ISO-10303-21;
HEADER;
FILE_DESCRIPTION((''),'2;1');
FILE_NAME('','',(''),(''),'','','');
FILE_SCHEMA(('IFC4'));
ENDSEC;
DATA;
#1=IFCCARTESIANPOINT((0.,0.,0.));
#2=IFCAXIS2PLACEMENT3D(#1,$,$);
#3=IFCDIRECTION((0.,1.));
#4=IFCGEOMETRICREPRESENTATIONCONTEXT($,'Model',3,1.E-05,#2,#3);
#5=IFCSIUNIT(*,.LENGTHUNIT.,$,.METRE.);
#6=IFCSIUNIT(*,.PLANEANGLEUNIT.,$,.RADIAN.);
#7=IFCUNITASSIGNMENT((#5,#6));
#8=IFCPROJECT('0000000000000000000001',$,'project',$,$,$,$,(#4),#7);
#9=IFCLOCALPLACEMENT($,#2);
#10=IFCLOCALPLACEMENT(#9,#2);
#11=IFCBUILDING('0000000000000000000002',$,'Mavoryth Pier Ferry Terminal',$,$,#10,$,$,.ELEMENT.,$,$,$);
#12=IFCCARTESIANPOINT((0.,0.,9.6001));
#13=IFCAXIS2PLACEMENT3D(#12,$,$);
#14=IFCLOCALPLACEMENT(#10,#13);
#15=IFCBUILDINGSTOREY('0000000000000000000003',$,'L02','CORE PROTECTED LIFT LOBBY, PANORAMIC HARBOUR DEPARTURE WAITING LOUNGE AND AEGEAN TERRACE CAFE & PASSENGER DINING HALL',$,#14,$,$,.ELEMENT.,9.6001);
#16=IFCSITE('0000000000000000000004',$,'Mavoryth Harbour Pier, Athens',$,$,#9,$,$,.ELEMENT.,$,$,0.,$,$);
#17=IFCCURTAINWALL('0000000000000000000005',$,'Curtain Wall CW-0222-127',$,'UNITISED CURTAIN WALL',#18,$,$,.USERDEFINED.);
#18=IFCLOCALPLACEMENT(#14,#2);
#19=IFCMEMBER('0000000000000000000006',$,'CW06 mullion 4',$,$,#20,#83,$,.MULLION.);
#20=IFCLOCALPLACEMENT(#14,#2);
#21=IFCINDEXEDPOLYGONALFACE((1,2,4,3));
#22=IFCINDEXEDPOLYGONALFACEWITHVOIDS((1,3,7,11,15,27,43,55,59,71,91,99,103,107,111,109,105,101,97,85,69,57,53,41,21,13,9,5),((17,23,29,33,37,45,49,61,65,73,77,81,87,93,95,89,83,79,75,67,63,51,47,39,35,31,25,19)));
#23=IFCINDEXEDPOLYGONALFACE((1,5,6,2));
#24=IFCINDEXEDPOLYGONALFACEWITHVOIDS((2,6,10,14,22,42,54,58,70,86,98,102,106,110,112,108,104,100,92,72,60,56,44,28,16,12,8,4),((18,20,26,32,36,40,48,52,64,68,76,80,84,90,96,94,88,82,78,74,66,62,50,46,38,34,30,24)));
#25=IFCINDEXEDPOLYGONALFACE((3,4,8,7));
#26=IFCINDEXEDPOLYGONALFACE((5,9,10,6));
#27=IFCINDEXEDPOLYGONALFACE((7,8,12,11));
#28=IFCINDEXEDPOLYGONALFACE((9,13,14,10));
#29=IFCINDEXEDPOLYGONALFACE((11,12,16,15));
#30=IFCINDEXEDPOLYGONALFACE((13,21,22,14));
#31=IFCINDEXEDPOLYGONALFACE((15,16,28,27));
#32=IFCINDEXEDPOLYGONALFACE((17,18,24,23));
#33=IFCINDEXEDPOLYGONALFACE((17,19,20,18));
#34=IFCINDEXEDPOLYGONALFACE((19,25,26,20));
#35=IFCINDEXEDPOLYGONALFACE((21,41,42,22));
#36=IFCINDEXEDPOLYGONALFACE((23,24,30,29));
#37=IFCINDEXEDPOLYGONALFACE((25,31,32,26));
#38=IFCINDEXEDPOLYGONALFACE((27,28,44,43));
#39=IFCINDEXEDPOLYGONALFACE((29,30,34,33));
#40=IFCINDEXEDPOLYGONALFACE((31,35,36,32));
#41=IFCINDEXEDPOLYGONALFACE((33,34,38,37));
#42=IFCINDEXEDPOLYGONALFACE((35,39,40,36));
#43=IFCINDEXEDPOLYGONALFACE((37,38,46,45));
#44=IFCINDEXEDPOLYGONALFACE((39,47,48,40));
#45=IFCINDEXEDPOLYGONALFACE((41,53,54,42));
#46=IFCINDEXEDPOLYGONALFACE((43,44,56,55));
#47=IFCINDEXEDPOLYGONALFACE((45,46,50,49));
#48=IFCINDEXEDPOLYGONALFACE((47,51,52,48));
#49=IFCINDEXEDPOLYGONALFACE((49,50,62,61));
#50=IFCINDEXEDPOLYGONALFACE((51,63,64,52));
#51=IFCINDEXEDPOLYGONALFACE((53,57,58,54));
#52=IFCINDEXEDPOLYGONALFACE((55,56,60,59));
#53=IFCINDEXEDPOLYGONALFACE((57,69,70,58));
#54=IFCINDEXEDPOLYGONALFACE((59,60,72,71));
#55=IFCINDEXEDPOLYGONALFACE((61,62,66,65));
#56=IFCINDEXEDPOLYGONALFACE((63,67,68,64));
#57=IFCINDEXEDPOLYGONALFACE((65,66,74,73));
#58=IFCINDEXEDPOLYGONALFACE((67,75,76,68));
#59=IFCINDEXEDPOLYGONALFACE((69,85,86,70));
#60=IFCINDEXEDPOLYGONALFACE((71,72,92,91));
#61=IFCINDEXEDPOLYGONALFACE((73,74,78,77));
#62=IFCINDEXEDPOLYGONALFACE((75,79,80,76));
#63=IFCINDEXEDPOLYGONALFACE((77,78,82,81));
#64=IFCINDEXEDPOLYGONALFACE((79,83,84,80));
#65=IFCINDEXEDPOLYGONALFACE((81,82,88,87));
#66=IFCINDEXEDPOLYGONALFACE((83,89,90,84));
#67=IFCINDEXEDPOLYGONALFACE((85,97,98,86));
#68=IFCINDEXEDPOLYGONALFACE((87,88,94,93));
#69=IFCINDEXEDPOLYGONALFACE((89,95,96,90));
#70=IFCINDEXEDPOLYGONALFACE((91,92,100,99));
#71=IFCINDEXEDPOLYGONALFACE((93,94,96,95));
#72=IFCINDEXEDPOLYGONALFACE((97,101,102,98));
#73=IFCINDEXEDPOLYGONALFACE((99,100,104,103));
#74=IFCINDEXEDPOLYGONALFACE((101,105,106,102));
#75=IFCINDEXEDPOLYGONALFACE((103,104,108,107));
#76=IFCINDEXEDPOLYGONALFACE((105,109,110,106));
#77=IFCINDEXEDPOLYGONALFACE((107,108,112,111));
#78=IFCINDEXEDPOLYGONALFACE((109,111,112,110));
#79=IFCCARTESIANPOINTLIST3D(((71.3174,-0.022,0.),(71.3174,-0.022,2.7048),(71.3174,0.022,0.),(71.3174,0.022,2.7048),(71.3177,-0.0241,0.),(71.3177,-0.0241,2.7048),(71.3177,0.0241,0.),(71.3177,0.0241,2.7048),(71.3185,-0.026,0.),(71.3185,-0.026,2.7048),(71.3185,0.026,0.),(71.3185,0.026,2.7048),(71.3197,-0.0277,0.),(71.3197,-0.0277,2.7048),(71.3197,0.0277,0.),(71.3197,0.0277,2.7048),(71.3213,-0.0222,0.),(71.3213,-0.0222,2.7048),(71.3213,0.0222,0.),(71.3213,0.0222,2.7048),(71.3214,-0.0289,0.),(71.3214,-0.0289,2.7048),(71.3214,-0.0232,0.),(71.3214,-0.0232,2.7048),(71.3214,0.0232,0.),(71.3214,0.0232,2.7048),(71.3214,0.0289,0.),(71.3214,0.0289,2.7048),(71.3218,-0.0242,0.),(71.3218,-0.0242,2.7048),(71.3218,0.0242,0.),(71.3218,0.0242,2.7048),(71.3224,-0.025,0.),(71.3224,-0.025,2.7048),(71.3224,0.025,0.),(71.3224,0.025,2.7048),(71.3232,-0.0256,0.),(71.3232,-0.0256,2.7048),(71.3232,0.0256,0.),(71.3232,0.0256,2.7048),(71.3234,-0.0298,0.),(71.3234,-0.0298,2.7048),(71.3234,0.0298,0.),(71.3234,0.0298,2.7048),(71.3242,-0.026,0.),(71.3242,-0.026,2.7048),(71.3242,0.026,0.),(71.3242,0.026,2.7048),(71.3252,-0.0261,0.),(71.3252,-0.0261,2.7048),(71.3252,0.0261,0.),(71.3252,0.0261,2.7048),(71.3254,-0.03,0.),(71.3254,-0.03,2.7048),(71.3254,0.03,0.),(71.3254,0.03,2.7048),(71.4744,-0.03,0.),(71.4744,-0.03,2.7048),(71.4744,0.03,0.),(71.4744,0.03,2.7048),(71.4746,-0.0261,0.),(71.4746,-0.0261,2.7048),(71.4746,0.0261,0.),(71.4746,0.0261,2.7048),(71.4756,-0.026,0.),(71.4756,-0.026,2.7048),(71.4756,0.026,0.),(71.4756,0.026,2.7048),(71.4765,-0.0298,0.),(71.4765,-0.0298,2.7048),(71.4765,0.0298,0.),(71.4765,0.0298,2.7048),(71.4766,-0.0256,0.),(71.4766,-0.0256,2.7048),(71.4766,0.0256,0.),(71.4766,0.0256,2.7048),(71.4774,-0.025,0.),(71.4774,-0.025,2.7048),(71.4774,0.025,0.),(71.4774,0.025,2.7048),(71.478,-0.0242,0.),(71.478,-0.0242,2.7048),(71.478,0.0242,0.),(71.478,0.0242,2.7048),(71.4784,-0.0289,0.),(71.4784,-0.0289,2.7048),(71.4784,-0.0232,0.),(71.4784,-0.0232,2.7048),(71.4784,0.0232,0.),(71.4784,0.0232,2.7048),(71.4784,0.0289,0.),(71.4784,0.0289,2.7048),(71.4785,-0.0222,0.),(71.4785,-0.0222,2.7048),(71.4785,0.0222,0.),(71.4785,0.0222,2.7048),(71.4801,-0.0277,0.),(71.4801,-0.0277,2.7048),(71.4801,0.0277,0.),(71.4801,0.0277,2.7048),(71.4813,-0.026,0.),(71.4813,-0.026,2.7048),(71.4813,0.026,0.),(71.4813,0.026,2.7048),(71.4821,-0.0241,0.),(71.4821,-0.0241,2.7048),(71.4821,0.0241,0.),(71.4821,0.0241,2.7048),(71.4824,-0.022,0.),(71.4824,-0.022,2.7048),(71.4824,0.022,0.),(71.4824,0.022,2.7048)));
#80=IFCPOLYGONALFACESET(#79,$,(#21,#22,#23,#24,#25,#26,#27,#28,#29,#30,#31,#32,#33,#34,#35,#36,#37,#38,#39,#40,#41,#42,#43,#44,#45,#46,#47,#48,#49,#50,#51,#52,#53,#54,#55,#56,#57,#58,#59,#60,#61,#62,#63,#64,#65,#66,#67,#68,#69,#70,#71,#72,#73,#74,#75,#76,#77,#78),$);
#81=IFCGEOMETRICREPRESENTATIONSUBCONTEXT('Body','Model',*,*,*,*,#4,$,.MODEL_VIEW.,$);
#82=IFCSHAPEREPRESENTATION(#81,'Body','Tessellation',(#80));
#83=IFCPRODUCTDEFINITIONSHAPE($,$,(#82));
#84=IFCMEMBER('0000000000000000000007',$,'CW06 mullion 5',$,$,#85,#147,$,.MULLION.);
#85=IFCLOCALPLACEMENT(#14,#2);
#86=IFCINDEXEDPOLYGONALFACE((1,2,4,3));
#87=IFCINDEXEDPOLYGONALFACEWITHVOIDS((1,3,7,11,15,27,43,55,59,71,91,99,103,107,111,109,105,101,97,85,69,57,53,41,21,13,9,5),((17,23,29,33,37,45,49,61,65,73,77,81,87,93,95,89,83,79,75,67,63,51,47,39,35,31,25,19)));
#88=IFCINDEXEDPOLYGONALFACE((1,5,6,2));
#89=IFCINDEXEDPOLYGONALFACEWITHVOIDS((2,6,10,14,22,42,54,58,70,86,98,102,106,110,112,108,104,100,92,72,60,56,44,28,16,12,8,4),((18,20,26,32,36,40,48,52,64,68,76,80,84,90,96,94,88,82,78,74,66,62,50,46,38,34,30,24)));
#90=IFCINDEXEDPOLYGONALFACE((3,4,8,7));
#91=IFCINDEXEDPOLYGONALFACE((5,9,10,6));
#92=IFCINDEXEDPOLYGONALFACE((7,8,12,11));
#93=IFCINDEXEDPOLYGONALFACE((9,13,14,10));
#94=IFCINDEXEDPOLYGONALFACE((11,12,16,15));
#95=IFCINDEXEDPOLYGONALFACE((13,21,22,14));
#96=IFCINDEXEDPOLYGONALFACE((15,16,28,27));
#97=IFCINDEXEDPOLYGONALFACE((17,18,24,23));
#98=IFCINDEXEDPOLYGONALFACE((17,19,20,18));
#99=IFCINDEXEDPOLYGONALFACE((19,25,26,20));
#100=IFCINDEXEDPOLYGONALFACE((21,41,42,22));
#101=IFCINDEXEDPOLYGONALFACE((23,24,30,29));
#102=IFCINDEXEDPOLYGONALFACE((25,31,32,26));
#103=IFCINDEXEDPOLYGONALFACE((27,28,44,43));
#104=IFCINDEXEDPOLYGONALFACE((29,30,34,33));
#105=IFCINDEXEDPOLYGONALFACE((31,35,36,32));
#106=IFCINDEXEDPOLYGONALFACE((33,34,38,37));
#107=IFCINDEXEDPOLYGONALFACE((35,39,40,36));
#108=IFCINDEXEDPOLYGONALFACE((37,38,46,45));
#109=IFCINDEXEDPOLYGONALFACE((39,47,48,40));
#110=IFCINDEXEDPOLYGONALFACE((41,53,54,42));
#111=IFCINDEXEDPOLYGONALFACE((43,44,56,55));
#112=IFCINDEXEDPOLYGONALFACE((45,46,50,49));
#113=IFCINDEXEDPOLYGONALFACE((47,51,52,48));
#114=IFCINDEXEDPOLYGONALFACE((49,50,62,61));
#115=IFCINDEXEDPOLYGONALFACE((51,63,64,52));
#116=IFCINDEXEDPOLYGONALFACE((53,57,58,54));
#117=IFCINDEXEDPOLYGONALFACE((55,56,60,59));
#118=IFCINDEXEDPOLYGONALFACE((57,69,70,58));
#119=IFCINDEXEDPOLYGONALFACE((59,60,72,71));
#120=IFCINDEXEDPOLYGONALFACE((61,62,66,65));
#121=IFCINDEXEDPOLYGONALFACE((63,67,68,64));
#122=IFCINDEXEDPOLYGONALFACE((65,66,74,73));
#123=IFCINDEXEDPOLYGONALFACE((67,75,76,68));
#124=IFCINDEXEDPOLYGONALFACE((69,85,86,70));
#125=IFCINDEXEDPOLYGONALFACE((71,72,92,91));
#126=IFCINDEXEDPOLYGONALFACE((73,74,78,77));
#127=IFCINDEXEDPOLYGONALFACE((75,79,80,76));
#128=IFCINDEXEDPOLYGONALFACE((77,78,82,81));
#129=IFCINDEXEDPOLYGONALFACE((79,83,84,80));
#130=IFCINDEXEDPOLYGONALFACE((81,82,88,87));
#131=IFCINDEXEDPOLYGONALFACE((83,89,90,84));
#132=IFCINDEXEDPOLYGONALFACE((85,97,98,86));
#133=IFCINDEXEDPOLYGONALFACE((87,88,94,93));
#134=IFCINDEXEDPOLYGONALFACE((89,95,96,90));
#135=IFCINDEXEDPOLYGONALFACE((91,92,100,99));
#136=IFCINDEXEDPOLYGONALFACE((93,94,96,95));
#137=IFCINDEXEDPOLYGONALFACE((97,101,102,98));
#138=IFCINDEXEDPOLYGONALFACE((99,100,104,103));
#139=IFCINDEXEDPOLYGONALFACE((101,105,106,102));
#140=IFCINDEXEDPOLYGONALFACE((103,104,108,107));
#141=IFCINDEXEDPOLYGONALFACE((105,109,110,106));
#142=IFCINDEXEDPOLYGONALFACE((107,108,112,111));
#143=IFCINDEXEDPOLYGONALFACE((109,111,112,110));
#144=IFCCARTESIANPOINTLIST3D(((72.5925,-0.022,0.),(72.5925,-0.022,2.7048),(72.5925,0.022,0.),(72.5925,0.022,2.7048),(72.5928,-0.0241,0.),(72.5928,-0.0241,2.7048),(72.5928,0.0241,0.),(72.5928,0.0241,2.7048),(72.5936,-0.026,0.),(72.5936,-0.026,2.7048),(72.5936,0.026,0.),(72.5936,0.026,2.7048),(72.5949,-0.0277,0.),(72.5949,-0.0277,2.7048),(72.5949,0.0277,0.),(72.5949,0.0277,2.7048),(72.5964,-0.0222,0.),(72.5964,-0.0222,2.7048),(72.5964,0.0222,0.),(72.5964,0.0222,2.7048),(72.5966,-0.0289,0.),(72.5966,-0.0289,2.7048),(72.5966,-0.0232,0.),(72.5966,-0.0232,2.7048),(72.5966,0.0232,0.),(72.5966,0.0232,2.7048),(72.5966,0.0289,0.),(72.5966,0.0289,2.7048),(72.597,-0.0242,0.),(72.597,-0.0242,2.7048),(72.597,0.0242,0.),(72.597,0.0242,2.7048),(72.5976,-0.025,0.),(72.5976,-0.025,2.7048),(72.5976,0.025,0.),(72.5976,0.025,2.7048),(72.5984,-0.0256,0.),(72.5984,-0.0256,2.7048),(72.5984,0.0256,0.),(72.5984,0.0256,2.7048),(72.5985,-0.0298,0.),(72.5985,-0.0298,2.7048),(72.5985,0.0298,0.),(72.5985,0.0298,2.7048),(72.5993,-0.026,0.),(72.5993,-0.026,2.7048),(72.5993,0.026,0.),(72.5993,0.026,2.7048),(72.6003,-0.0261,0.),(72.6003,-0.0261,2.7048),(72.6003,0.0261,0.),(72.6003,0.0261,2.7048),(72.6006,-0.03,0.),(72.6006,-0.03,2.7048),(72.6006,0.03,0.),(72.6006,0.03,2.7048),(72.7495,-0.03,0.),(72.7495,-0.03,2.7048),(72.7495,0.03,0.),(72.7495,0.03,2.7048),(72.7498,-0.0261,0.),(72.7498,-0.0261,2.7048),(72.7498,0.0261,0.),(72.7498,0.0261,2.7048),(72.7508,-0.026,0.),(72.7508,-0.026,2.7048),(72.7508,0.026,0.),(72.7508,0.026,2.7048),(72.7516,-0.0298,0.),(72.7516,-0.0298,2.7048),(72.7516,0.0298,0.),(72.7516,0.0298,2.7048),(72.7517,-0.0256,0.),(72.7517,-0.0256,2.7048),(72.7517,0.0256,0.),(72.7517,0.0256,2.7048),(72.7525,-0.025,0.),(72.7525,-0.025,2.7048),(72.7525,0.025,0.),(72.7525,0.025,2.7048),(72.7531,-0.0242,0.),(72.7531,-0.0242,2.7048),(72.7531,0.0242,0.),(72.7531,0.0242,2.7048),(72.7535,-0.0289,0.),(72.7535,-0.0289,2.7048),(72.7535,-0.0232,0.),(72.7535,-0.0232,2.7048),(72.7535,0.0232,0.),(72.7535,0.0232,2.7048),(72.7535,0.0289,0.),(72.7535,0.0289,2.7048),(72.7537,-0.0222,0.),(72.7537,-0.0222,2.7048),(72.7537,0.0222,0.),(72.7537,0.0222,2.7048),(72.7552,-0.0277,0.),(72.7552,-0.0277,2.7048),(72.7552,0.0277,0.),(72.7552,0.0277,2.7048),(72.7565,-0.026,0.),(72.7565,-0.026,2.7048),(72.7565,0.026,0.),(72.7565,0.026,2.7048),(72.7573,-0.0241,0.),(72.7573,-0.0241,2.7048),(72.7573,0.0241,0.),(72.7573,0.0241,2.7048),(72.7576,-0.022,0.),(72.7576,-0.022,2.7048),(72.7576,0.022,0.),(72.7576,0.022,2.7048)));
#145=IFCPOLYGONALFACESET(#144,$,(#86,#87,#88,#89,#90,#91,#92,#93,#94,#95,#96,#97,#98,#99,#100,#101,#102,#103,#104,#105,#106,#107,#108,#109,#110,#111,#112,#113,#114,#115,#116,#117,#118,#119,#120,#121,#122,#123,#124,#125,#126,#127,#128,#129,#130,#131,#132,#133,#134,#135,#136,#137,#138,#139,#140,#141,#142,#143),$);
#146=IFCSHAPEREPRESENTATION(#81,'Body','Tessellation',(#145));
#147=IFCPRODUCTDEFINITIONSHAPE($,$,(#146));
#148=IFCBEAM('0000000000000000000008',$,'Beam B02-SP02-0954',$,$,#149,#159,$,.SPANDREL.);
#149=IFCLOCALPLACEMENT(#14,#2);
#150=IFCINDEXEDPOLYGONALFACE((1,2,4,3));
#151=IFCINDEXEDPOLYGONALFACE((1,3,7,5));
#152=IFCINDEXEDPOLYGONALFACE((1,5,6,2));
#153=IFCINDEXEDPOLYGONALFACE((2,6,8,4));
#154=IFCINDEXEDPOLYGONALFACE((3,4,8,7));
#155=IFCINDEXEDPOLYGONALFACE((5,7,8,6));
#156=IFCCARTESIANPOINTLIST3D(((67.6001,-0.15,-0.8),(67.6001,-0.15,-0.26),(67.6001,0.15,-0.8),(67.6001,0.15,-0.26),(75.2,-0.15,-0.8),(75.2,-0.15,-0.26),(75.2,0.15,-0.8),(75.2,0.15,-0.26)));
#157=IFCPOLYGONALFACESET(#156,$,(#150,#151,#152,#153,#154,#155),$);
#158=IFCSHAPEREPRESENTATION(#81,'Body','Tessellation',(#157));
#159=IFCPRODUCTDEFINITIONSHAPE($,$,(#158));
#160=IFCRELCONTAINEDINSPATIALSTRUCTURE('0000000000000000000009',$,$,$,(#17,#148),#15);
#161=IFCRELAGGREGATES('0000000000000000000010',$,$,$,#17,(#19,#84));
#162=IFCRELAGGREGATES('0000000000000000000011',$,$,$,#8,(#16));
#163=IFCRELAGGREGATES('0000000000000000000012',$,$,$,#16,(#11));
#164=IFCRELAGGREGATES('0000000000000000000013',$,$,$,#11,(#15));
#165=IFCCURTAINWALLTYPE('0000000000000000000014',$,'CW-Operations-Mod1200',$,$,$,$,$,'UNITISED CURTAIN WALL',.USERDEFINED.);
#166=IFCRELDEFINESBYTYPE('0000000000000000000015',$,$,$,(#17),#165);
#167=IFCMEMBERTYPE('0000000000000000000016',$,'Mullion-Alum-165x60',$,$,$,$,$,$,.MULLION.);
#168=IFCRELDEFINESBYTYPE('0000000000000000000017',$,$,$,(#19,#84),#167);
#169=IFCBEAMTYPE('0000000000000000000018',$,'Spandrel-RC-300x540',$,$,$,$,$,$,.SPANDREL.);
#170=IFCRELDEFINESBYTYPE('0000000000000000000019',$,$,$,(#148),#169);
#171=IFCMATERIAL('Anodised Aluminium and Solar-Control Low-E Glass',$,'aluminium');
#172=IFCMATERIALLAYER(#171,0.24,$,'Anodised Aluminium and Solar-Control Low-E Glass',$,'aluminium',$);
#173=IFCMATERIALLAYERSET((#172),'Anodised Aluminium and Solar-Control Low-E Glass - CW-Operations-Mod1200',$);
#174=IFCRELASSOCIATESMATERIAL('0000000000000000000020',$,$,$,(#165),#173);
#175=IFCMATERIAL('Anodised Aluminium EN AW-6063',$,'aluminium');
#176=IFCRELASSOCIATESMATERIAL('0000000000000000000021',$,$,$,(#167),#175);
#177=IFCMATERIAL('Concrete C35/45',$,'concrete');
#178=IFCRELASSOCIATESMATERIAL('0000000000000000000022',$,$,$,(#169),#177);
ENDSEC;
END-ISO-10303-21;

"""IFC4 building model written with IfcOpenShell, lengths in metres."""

from ifc_helpers import new_model, si_unit, direction, frame, origin, origin_2d, place, context, subcontext, project, spatial, rectangle, hollow_rectangle, extrude, material, layer, layer_set, material_profile, profile_set, type_object, element, aggregate, save


model = new_model("IFC4")

# Units and contexts
model_context = context("Model", 3, precision=1e-05, world=origin(), true_north=direction((0.0, 1.0)))
body_context = subcontext(model_context, "Body", "Model", "MODEL_VIEW")
ifc_project = project(units=[si_unit("LENGTHUNIT", "METRE"), si_unit("PLANEANGLEUNIT", "RADIAN")], contexts=[model_context])

# Site, building, storey
site_placement = place(None, origin())
site = spatial("IfcSite", under=ifc_project, at=site_placement, Name="Mavoryth Harbour Pier, Athens", CompositionType="ELEMENT", RefElevation=0.0)
building_placement = place(site_placement, origin())
building = spatial("IfcBuilding", under=site, at=building_placement, Name="Mavoryth Pier Ferry Terminal", CompositionType="ELEMENT")
storey_placement = place(building_placement, frame((0.0, 0.0, 9.6001)))
storey = spatial("IfcBuildingStorey", under=building, at=storey_placement, Name="L02", Description="CORE PROTECTED LIFT LOBBY, PANORAMIC HARBOUR DEPARTURE WAITING LOUNGE AND AEGEAN TERRACE CAFE & PASSENGER DINING HALL", CompositionType="ELEMENT", Elevation=9.6001)

# Shared definitions
ifc_material_1 = material(Name="Anodised Aluminium and Solar-Control Low-E Glass", Category="aluminium")
ifc_layer_1 = layer(ifc_material_1, 0.24, Name="Anodised Aluminium and Solar-Control Low-E Glass", Category="aluminium")
ifc_layer_set_1 = layer_set([ifc_layer_1], Name="Anodised Aluminium and Solar-Control Low-E Glass - CW-Operations-Mod1200")
curtain_wall_type = type_object("IfcCurtainWallType", Name="CW-Operations-Mod1200", ElementType="UNITISED CURTAIN WALL", PredefinedType="USERDEFINED", material=ifc_layer_set_1)
ifc_material_2 = material(Name="Anodised Aluminium EN AW-6063", Category="aluminium")
ifc_material_profile_1 = material_profile(ifc_material_2, hollow_rectangle(XDim=0.0601, YDim=0.165, WallThickness=0.0039, InnerFilletRadius=0.0039, OuterFilletRadius=0.0081, at=origin_2d()), Name="AL-MULL 165x60x4", Category="aluminium")
ifc_profile_set_1 = profile_set([ifc_material_profile_1], Name="Anodised Aluminium EN AW-6063 - AL-MULL 165x60x4")
member_type_1 = type_object("IfcMemberType", Name="Mullion-Alum-165x60", PredefinedType="MULLION", material=ifc_profile_set_1)

# Curtain wall, members
curtain_wall_1_placement = place(storey_placement, origin())
curtain_wall_1 = element("IfcCurtainWall", 1, at=curtain_wall_1_placement, inside=storey, type_object=curtain_wall_type, Name="Curtain Wall CW-0222-127", ObjectType="UNITISED CURTAIN WALL", PredefinedType="USERDEFINED")
member_1_placement = place(storey_placement, frame((71.3999, 0.0, 0.0), z_axis=(0.0, 0.0, 1.0), x_axis=(0.0, 1.0, 0.0)))
member_1 = element("IfcMember", 2, at=member_1_placement, type_object=member_type_1, Name="CW06 mullion 4", PredefinedType="MULLION", context=body_context, shape_type="SweptSolid", body=[
    extrude(hollow_rectangle(XDim=0.0601, YDim=0.165, WallThickness=0.0039, InnerFilletRadius=0.0039, OuterFilletRadius=0.0081, at=origin_2d()), origin(), (0.0, 0.0, 1.0), 2.7048),
])
member_2_placement = place(storey_placement, frame((72.675, 0.0, 0.0), z_axis=(0.0, 0.0, 1.0), x_axis=(0.0, 1.0, 0.0)))
member_2 = element("IfcMember", 3, at=member_2_placement, type_object=member_type_1, Name="CW06 mullion 5", PredefinedType="MULLION", context=body_context, shape_type="SweptSolid", body=[
    extrude(hollow_rectangle(XDim=0.0601, YDim=0.165, WallThickness=0.0039, InnerFilletRadius=0.0039, OuterFilletRadius=0.0081, at=origin_2d()), origin(), (0.0, 0.0, 1.0), 2.7048),
])

# Beam
ifc_material_3 = material(Name="Concrete C35/45", Category="concrete")
ifc_material_profile_2 = material_profile(ifc_material_3, rectangle(XDim=0.3, YDim=0.54, at=origin_2d()), Name="RC 300x540", Category="concrete")
ifc_profile_set_2 = profile_set([ifc_material_profile_2], Name="Concrete C35/45 - RC 300x540")
beam_type = type_object("IfcBeamType", Name="Spandrel-RC-300x540", PredefinedType="SPANDREL", material=ifc_profile_set_2)
beam_placement = place(storey_placement, frame((67.6001, 0.0, -0.53), z_axis=(1.0, 0.0, 0.0), x_axis=(0.0, 1.0, 0.0)))
element("IfcBeam", 4, at=beam_placement, inside=storey, type_object=beam_type, Name="Beam B02-SP02-0954", PredefinedType="SPANDREL", context=body_context, shape_type="SweptSolid", body=[
    extrude(rectangle(XDim=0.3, YDim=0.54, at=origin_2d()), origin(), (0.0, 0.0, 1.0), 7.5999),
])

aggregate(curtain_wall_1, [member_1, member_2])

save(model, "model.ifc")
